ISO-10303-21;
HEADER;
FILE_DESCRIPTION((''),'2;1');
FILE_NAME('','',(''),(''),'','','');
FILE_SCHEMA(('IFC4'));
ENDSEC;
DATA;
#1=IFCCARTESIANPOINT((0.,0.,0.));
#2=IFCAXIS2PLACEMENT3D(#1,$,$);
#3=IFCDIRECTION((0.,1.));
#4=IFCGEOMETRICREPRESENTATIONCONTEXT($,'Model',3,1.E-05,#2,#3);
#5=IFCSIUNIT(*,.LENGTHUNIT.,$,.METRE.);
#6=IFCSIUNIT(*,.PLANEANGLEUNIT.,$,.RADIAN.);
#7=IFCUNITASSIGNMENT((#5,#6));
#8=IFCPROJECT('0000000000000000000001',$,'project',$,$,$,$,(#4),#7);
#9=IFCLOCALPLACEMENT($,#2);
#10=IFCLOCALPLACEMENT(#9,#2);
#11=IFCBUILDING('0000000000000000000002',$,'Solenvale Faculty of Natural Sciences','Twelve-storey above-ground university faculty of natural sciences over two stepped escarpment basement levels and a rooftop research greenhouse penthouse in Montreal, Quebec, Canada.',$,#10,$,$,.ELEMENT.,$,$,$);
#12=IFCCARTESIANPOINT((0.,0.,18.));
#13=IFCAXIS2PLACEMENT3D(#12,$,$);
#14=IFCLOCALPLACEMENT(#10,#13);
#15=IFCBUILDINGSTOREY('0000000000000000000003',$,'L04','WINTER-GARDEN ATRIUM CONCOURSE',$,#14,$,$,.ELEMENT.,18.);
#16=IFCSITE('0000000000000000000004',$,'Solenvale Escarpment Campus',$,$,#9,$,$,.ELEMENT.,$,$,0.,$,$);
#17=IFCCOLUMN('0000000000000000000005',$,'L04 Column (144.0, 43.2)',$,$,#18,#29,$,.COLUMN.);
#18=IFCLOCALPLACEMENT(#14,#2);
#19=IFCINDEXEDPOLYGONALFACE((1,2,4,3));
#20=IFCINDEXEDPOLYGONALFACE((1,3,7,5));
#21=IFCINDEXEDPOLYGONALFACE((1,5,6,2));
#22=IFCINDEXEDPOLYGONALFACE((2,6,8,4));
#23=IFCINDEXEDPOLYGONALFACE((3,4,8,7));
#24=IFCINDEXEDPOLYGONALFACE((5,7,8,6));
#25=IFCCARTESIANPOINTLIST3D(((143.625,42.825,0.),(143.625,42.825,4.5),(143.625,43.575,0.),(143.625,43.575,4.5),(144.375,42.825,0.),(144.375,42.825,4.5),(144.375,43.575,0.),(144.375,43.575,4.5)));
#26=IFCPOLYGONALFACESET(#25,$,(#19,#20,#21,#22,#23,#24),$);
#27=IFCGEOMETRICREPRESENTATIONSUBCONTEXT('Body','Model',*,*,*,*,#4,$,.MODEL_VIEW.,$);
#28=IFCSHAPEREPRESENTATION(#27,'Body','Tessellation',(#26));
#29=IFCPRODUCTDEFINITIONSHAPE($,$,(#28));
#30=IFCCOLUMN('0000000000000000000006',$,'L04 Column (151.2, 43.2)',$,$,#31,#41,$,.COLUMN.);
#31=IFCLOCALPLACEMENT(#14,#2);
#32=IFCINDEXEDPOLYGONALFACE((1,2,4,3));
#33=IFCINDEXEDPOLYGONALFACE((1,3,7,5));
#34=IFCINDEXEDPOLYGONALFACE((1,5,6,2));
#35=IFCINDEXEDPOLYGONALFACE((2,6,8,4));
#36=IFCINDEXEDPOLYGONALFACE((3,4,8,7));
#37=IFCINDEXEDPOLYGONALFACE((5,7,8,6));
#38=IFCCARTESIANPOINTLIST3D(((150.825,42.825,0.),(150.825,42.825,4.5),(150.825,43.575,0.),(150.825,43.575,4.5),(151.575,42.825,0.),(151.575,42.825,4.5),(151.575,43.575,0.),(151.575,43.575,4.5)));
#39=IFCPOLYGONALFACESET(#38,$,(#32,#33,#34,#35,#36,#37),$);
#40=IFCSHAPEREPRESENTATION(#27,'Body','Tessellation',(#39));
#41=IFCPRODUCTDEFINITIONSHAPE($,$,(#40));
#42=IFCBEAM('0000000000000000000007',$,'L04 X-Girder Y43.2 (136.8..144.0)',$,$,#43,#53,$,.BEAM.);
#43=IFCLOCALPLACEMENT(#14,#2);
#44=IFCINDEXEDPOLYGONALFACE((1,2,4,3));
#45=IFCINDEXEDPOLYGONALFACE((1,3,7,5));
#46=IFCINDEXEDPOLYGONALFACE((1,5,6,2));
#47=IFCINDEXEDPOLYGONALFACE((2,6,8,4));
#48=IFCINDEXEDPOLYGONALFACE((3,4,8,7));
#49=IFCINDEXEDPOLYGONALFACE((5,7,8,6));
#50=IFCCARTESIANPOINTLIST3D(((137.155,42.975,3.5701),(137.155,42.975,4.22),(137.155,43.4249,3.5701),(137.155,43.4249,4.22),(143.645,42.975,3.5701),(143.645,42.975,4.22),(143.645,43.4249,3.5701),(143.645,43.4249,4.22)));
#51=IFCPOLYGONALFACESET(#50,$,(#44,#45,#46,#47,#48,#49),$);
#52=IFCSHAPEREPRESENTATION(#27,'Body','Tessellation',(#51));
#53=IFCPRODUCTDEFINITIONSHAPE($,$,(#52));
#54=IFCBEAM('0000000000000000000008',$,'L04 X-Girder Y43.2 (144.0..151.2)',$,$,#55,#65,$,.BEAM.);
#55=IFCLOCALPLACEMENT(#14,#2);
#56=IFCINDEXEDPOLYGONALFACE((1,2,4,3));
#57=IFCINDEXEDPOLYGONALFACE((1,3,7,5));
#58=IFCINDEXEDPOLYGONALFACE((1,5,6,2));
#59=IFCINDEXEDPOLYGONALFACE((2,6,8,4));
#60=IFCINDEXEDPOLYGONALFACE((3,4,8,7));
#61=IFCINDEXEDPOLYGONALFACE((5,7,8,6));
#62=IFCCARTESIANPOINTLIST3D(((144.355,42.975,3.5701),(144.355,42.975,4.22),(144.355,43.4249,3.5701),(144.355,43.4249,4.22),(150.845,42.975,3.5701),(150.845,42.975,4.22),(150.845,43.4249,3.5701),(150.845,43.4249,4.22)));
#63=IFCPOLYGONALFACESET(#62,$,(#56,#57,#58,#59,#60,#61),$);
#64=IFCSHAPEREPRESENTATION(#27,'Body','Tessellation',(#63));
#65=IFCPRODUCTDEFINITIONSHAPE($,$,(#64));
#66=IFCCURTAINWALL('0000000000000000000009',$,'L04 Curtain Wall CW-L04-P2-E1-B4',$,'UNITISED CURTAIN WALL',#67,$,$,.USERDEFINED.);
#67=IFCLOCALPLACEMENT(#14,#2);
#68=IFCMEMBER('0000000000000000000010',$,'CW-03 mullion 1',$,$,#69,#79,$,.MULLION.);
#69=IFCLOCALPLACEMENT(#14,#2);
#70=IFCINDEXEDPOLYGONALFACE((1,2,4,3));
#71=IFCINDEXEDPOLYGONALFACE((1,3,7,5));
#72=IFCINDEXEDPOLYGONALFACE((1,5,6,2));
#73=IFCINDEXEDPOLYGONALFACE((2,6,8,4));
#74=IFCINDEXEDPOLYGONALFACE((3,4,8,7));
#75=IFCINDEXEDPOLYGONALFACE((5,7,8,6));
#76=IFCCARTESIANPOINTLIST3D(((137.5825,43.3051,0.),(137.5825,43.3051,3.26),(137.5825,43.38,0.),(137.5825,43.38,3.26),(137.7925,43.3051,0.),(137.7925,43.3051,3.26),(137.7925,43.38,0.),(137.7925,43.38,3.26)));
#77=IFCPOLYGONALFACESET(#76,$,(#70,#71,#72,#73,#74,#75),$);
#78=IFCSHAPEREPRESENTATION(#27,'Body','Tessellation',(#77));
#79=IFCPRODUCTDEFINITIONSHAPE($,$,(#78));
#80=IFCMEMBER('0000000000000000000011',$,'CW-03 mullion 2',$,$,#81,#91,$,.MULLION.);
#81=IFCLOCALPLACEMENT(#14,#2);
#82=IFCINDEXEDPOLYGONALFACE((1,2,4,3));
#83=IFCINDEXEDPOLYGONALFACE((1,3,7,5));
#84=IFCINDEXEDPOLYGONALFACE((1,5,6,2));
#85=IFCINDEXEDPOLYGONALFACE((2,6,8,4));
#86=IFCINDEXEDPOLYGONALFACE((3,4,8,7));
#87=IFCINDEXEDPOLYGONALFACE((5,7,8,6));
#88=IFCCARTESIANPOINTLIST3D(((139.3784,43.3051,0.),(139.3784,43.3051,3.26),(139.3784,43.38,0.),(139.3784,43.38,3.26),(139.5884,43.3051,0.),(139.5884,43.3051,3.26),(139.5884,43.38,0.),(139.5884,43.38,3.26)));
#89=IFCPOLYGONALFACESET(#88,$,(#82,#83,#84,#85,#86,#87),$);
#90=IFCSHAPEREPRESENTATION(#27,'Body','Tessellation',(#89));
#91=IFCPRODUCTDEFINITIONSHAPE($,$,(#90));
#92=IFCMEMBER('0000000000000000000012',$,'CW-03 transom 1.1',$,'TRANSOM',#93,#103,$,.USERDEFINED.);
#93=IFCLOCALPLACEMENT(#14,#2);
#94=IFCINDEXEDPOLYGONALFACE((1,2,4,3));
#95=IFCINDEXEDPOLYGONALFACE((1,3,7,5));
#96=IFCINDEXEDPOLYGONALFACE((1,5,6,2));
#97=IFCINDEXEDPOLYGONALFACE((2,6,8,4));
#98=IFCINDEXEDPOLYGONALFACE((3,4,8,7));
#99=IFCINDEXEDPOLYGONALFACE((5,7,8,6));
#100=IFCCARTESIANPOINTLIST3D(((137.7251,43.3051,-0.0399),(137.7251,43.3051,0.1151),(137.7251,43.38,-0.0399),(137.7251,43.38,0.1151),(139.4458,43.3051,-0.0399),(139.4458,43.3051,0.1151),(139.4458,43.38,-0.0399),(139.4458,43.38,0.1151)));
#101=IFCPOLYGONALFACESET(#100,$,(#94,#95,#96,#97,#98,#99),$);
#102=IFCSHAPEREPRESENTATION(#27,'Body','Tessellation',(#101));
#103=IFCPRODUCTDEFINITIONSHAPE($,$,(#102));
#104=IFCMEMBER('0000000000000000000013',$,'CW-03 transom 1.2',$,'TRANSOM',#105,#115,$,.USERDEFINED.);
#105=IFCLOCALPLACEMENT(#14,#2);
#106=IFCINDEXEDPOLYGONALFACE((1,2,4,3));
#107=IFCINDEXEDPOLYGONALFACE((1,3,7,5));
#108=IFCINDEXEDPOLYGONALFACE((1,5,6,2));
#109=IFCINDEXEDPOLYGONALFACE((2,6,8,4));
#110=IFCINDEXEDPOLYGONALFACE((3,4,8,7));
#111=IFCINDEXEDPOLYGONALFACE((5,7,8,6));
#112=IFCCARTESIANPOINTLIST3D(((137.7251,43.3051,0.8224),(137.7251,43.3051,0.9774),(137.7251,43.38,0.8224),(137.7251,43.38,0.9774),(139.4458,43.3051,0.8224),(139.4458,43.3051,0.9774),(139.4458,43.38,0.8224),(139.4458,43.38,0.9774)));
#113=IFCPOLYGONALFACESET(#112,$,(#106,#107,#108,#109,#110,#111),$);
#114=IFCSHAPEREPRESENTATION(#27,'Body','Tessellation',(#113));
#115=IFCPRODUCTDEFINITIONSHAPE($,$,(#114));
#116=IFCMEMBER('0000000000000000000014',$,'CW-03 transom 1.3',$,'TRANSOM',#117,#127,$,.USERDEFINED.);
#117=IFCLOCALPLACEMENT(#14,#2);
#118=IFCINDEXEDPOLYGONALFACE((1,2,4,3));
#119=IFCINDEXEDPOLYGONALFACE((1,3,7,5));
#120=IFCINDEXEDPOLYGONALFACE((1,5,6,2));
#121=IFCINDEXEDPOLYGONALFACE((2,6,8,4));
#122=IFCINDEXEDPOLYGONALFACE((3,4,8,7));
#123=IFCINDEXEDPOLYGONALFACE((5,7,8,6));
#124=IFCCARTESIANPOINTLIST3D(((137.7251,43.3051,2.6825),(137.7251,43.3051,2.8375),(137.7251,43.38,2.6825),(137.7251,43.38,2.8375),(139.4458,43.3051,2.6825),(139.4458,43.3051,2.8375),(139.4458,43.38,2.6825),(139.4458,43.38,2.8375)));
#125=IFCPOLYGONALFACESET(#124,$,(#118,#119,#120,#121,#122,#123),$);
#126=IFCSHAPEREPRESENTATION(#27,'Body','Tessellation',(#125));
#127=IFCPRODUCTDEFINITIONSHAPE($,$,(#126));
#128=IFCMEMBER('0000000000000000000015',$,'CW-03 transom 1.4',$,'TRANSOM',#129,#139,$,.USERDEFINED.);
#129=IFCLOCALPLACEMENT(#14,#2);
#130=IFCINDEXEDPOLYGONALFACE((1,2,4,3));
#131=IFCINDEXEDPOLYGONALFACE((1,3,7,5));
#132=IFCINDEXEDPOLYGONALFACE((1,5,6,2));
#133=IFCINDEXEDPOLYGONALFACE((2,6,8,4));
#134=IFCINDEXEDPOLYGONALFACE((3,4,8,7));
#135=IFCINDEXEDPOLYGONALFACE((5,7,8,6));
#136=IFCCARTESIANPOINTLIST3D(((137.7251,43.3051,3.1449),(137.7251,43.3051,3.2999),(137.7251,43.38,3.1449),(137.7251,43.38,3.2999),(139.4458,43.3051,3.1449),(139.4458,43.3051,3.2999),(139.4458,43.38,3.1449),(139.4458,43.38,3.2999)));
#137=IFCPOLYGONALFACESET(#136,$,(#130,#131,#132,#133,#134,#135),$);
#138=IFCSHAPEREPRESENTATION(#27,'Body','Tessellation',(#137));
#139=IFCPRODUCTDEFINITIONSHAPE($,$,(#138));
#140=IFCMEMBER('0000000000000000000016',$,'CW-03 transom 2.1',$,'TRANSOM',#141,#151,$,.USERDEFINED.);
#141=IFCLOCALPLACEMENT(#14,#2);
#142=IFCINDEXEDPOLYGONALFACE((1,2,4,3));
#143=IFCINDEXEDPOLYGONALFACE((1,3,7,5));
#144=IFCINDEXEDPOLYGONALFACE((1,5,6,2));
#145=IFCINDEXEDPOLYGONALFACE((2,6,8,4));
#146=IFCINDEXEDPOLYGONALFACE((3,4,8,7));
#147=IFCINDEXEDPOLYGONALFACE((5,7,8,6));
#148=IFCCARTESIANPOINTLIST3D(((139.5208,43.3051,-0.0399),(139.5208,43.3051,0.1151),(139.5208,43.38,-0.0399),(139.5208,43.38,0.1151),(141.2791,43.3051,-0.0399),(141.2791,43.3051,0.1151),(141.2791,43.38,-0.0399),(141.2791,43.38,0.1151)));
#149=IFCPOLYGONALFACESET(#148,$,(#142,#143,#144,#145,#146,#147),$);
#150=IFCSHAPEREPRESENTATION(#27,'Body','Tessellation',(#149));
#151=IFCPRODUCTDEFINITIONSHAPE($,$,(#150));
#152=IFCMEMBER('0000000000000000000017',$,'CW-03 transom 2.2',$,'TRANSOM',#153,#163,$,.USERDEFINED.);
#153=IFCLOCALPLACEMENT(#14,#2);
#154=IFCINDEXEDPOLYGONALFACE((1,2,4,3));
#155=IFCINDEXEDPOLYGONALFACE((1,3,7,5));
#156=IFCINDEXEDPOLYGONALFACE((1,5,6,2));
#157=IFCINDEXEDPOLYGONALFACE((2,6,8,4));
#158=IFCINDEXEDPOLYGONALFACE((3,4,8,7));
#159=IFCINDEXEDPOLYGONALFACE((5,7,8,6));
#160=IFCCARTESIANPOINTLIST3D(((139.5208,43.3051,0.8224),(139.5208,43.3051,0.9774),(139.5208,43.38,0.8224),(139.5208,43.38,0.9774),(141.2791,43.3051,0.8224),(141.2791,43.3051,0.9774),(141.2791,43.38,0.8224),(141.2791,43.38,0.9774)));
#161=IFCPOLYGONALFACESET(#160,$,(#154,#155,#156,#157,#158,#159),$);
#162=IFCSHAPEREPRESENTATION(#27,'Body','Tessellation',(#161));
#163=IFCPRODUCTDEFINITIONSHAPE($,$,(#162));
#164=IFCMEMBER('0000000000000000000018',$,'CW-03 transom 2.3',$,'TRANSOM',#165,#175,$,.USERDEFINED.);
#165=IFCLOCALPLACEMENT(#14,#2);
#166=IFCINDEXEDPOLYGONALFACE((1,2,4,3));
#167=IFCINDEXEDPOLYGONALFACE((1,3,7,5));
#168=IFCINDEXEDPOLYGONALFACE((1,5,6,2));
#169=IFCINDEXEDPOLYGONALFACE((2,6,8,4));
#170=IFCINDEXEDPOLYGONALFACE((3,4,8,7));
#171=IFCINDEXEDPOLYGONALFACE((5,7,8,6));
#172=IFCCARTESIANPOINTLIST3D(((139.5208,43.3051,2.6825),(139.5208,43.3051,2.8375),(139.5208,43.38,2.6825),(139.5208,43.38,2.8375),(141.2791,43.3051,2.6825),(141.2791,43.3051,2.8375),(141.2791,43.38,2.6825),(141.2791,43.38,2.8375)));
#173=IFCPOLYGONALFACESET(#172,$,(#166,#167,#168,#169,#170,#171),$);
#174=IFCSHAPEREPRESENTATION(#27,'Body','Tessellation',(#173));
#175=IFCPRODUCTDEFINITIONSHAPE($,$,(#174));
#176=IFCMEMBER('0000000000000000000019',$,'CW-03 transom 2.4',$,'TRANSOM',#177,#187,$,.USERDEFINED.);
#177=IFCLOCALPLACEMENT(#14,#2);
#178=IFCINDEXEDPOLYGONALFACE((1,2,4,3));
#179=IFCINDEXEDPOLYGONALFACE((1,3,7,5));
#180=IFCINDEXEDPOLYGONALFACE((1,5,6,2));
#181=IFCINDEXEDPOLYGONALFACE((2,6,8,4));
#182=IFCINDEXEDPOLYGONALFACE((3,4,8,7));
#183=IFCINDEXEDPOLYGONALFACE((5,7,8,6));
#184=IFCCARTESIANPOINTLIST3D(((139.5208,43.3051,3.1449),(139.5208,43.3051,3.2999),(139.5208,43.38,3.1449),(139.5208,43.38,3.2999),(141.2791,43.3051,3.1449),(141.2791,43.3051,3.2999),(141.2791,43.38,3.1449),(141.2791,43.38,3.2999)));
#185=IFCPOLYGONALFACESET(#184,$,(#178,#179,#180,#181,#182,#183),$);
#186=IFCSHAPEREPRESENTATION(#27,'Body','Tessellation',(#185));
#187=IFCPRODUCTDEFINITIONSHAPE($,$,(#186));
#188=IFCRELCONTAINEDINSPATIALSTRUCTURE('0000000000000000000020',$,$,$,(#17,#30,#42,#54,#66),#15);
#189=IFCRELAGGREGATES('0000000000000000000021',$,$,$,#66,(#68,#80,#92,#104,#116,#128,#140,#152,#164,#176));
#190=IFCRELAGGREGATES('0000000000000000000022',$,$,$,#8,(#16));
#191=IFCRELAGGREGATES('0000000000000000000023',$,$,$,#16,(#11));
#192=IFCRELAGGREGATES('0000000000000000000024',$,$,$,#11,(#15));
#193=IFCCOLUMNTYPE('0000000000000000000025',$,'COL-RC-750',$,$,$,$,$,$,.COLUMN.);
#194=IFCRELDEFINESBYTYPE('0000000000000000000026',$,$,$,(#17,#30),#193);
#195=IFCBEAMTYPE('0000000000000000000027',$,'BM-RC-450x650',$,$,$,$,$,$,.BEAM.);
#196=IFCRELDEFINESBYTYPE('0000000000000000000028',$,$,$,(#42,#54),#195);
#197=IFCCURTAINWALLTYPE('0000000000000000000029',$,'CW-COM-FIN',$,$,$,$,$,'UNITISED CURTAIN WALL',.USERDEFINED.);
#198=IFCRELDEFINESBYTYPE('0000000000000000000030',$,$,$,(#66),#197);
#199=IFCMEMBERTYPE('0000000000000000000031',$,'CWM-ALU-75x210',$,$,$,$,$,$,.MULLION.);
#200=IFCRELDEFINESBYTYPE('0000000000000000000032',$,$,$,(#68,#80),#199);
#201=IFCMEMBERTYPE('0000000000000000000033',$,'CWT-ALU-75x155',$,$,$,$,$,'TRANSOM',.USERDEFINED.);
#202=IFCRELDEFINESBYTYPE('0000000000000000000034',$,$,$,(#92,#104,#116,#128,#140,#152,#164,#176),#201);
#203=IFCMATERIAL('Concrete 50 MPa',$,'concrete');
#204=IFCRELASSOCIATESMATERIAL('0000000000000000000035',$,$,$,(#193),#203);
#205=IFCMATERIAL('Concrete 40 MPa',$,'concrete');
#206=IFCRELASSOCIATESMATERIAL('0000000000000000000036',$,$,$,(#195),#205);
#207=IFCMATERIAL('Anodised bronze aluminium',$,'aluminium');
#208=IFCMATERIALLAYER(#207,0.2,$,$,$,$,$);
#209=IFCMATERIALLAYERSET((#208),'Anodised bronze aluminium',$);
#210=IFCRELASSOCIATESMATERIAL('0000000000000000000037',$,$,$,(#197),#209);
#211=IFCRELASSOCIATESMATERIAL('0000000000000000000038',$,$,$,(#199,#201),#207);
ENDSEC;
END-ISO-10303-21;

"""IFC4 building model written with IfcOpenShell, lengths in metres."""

from ifc_helpers import new_model, si_unit, direction, frame, origin, origin_2d, place, context, subcontext, project, spatial, rectangle, extrude, material, layer, layer_set, material_profile, profile_set, type_object, element, aggregate, save


model = new_model("IFC4")

# Units and contexts
model_context = context("Model", 3, precision=1e-05, world=origin(), true_north=direction((0.0, 1.0)))
body_context = subcontext(model_context, "Body", "Model", "MODEL_VIEW")
ifc_project = project(units=[si_unit("LENGTHUNIT", "METRE"), si_unit("PLANEANGLEUNIT", "RADIAN")], contexts=[model_context])

# Site, building, storey
site_placement = place(None, origin())
site = spatial("IfcSite", under=ifc_project, at=site_placement, Name="Solenvale Escarpment Campus", CompositionType="ELEMENT", RefElevation=0.0)
building_placement = place(site_placement, origin())
building = spatial("IfcBuilding", under=site, at=building_placement, Name="Solenvale Faculty of Natural Sciences", Description="Twelve-storey above-ground university faculty of natural sciences over two stepped escarpment basement levels and a rooftop research greenhouse penthouse in Montreal, Quebec, Canada.", CompositionType="ELEMENT")
storey_placement = place(building_placement, frame((0.0, 0.0, 18.0)))
storey = spatial("IfcBuildingStorey", under=building, at=storey_placement, Name="L04", Description="WINTER-GARDEN ATRIUM CONCOURSE", CompositionType="ELEMENT", Elevation=18.0)

# Columns
ifc_material_1 = material(Name="Concrete 50 MPa", Category="concrete")
ifc_material_profile_1 = material_profile(ifc_material_1, rectangle(XDim=0.75, YDim=0.75, at=origin_2d()), Name="RC-COL-750x750")
ifc_profile_set_1 = profile_set([ifc_material_profile_1], Name="Concrete 50 MPa")
column_type = type_object("IfcColumnType", Name="COL-RC-750", PredefinedType="COLUMN", material=ifc_profile_set_1)
for number, where, z_axis, x_axis, name in (
    (1, (144.0, 43.2, 0.0), (0.0, 0.0, 1.0), (1.0, 0.0, 0.0), "L04 Column (144.0, 43.2)"),
    (2, (151.2, 43.2, 0.0), (0.0, 0.0, 1.0), (1.0, 0.0, 0.0), "L04 Column (151.2, 43.2)"),
):
    element("IfcColumn", number, at=place(storey_placement, frame(where, z_axis=z_axis, x_axis=x_axis)), inside=storey, type_object=column_type, Name=name, PredefinedType="COLUMN", context=body_context, shape_type="SweptSolid", body=[
        extrude(rectangle(XDim=0.75, YDim=0.75, at=origin_2d()), origin(), (0.0, 0.0, 1.0), 4.5),
    ])

# Beams
ifc_material_2 = material(Name="Concrete 40 MPa", Category="concrete")
ifc_material_profile_2 = material_profile(ifc_material_2, rectangle(XDim=0.45, YDim=0.6499, at=origin_2d()), Name="RC-BM-450x650")
ifc_profile_set_2 = profile_set([ifc_material_profile_2], Name="Concrete 40 MPa")
beam_type = type_object("IfcBeamType", Name="BM-RC-450x650", PredefinedType="BEAM", material=ifc_profile_set_2)
for number, where, z_axis, x_axis, name in (
    (3, (137.155, 43.2, 3.895), (1.0, 0.0, 0.0), (0.0, 1.0, 0.0), "L04 X-Girder Y43.2 (136.8..144.0)"),
    (4, (144.355, 43.2, 3.895), (1.0, 0.0, 0.0), (0.0, 1.0, 0.0), "L04 X-Girder Y43.2 (144.0..151.2)"),
):
    element("IfcBeam", number, at=place(storey_placement, frame(where, z_axis=z_axis, x_axis=x_axis)), inside=storey, type_object=beam_type, Name=name, PredefinedType="BEAM", context=body_context, shape_type="SweptSolid", body=[
        extrude(rectangle(XDim=0.45, YDim=0.6499, at=origin_2d()), origin(), (0.0, 0.0, 1.0), 6.49),
    ])

# Curtain wall, members
ifc_material_3 = material(Name="Anodised bronze aluminium", Category="aluminium")
ifc_layer_1 = layer(ifc_material_3, 0.2)
ifc_layer_set_1 = layer_set([ifc_layer_1], Name="Anodised bronze aluminium")
curtain_wall_type = type_object("IfcCurtainWallType", Name="CW-COM-FIN", ElementType="UNITISED CURTAIN WALL", PredefinedType="USERDEFINED", material=ifc_layer_set_1)
curtain_wall_placement = place(storey_placement, origin())
curtain_wall = element("IfcCurtainWall", 5, at=curtain_wall_placement, inside=storey, type_object=curtain_wall_type, Name="L04 Curtain Wall CW-L04-P2-E1-B4", ObjectType="UNITISED CURTAIN WALL", PredefinedType="USERDEFINED")
ifc_material_profile_3 = material_profile(ifc_material_3, rectangle(XDim=0.075, YDim=0.21, at=origin_2d()), Name="ALU-MUL-75x210")
ifc_profile_set_3 = profile_set([ifc_material_profile_3], Name="Anodised bronze aluminium")
member_type_1 = type_object("IfcMemberType", Name="CWM-ALU-75x210", PredefinedType="MULLION", material=ifc_profile_set_3)
member_1_placement = place(storey_placement, frame((137.6875, 43.3425, 0.0), z_axis=(0.0, 0.0, 1.0), x_axis=(0.0, 1.0, 0.0)))
member_1 = element("IfcMember", 6, at=member_1_placement, type_object=member_type_1, Name="CW-03 mullion 1", PredefinedType="MULLION", context=body_context, shape_type="SweptSolid", body=[
    extrude(rectangle(XDim=0.075, YDim=0.21, at=origin_2d()), origin(), (0.0, 0.0, 1.0), 3.26),
])
member_2_placement = place(storey_placement, frame((139.4834, 43.3425, 0.0), z_axis=(0.0, 0.0, 1.0), x_axis=(0.0, 1.0, 0.0)))
member_2 = element("IfcMember", 7, at=member_2_placement, type_object=member_type_1, Name="CW-03 mullion 2", PredefinedType="MULLION", context=body_context, shape_type="SweptSolid", body=[
    extrude(rectangle(XDim=0.075, YDim=0.21, at=origin_2d()), origin(), (0.0, 0.0, 1.0), 3.26),
])
ifc_material_profile_4 = material_profile(ifc_material_3, rectangle(XDim=0.075, YDim=0.155, at=origin_2d()), Name="ALU-TRN-75x155")
ifc_profile_set_4 = profile_set([ifc_material_profile_4], Name="Anodised bronze aluminium")
member_type_2 = type_object("IfcMemberType", Name="CWT-ALU-75x155", ElementType="TRANSOM", PredefinedType="USERDEFINED", material=ifc_profile_set_4)
member_3_placement = place(storey_placement, frame((137.7251, 43.3425, 0.0376), z_axis=(1.0, 0.0, 0.0), x_axis=(0.0, 1.0, 0.0)))
member_3 = element("IfcMember", 8, at=member_3_placement, type_object=member_type_2, Name="CW-03 transom 1.1", ObjectType="TRANSOM", PredefinedType="USERDEFINED", context=body_context, shape_type="SweptSolid", body=[
    extrude(rectangle(XDim=0.075, YDim=0.155, at=origin_2d()), origin(), (0.0, 0.0, 1.0), 1.7207),
])
member_4_placement = place(storey_placement, frame((137.7251, 43.3425, 0.8999), z_axis=(1.0, 0.0, 0.0), x_axis=(0.0, 1.0, 0.0)))
member_4 = element("IfcMember", 9, at=member_4_placement, type_object=member_type_2, Name="CW-03 transom 1.2", ObjectType="TRANSOM", PredefinedType="USERDEFINED", context=body_context, shape_type="SweptSolid", body=[
    extrude(rectangle(XDim=0.075, YDim=0.155, at=origin_2d()), origin(), (0.0, 0.0, 1.0), 1.7207),
])
member_5_placement = place(storey_placement, frame((137.7251, 43.3425, 2.76), z_axis=(1.0, 0.0, 0.0), x_axis=(0.0, 1.0, 0.0)))
member_5 = element("IfcMember", 10, at=member_5_placement, type_object=member_type_2, Name="CW-03 transom 1.3", ObjectType="TRANSOM", PredefinedType="USERDEFINED", context=body_context, shape_type="SweptSolid", body=[
    extrude(rectangle(XDim=0.075, YDim=0.155, at=origin_2d()), origin(), (0.0, 0.0, 1.0), 1.7207),
])
member_6_placement = place(storey_placement, frame((137.7251, 43.3425, 3.2224), z_axis=(1.0, 0.0, 0.0), x_axis=(0.0, 1.0, 0.0)))
member_6 = element("IfcMember", 11, at=member_6_placement, type_object=member_type_2, Name="CW-03 transom 1.4", ObjectType="TRANSOM", PredefinedType="USERDEFINED", context=body_context, shape_type="SweptSolid", body=[
    extrude(rectangle(XDim=0.075, YDim=0.155, at=origin_2d()), origin(), (0.0, 0.0, 1.0), 1.7207),
])
member_7_placement = place(storey_placement, frame((139.5208, 43.3425, 0.0376), z_axis=(1.0, 0.0, 0.0), x_axis=(0.0, 1.0, 0.0)))
member_7 = element("IfcMember", 12, at=member_7_placement, type_object=member_type_2, Name="CW-03 transom 2.1", ObjectType="TRANSOM", PredefinedType="USERDEFINED", context=body_context, shape_type="SweptSolid", body=[
    extrude(rectangle(XDim=0.075, YDim=0.155, at=origin_2d()), origin(), (0.0, 0.0, 1.0), 1.7583),
])
member_8_placement = place(storey_placement, frame((139.5208, 43.3425, 0.8999), z_axis=(1.0, 0.0, 0.0), x_axis=(0.0, 1.0, 0.0)))
member_8 = element("IfcMember", 13, at=member_8_placement, type_object=member_type_2, Name="CW-03 transom 2.2", ObjectType="TRANSOM", PredefinedType="USERDEFINED", context=body_context, shape_type="SweptSolid", body=[
    extrude(rectangle(XDim=0.075, YDim=0.155, at=origin_2d()), origin(), (0.0, 0.0, 1.0), 1.7583),
])
member_9_placement = place(storey_placement, frame((139.5208, 43.3425, 2.76), z_axis=(1.0, 0.0, 0.0), x_axis=(0.0, 1.0, 0.0)))
member_9 = element("IfcMember", 14, at=member_9_placement, type_object=member_type_2, Name="CW-03 transom 2.3", ObjectType="TRANSOM", PredefinedType="USERDEFINED", context=body_context, shape_type="SweptSolid", body=[
    extrude(rectangle(XDim=0.075, YDim=0.155, at=origin_2d()), origin(), (0.0, 0.0, 1.0), 1.7583),
])
member_10_placement = place(storey_placement, frame((139.5208, 43.3425, 3.2224), z_axis=(1.0, 0.0, 0.0), x_axis=(0.0, 1.0, 0.0)))
member_10 = element("IfcMember", 15, at=member_10_placement, type_object=member_type_2, Name="CW-03 transom 2.4", ObjectType="TRANSOM", PredefinedType="USERDEFINED", context=body_context, shape_type="SweptSolid", body=[
    extrude(rectangle(XDim=0.075, YDim=0.155, at=origin_2d()), origin(), (0.0, 0.0, 1.0), 1.7583),
])
aggregate(curtain_wall, [member_1, member_2, member_3, member_4, member_5, member_6, member_7, member_8, member_9, member_10])

save(model, "model.ifc")
